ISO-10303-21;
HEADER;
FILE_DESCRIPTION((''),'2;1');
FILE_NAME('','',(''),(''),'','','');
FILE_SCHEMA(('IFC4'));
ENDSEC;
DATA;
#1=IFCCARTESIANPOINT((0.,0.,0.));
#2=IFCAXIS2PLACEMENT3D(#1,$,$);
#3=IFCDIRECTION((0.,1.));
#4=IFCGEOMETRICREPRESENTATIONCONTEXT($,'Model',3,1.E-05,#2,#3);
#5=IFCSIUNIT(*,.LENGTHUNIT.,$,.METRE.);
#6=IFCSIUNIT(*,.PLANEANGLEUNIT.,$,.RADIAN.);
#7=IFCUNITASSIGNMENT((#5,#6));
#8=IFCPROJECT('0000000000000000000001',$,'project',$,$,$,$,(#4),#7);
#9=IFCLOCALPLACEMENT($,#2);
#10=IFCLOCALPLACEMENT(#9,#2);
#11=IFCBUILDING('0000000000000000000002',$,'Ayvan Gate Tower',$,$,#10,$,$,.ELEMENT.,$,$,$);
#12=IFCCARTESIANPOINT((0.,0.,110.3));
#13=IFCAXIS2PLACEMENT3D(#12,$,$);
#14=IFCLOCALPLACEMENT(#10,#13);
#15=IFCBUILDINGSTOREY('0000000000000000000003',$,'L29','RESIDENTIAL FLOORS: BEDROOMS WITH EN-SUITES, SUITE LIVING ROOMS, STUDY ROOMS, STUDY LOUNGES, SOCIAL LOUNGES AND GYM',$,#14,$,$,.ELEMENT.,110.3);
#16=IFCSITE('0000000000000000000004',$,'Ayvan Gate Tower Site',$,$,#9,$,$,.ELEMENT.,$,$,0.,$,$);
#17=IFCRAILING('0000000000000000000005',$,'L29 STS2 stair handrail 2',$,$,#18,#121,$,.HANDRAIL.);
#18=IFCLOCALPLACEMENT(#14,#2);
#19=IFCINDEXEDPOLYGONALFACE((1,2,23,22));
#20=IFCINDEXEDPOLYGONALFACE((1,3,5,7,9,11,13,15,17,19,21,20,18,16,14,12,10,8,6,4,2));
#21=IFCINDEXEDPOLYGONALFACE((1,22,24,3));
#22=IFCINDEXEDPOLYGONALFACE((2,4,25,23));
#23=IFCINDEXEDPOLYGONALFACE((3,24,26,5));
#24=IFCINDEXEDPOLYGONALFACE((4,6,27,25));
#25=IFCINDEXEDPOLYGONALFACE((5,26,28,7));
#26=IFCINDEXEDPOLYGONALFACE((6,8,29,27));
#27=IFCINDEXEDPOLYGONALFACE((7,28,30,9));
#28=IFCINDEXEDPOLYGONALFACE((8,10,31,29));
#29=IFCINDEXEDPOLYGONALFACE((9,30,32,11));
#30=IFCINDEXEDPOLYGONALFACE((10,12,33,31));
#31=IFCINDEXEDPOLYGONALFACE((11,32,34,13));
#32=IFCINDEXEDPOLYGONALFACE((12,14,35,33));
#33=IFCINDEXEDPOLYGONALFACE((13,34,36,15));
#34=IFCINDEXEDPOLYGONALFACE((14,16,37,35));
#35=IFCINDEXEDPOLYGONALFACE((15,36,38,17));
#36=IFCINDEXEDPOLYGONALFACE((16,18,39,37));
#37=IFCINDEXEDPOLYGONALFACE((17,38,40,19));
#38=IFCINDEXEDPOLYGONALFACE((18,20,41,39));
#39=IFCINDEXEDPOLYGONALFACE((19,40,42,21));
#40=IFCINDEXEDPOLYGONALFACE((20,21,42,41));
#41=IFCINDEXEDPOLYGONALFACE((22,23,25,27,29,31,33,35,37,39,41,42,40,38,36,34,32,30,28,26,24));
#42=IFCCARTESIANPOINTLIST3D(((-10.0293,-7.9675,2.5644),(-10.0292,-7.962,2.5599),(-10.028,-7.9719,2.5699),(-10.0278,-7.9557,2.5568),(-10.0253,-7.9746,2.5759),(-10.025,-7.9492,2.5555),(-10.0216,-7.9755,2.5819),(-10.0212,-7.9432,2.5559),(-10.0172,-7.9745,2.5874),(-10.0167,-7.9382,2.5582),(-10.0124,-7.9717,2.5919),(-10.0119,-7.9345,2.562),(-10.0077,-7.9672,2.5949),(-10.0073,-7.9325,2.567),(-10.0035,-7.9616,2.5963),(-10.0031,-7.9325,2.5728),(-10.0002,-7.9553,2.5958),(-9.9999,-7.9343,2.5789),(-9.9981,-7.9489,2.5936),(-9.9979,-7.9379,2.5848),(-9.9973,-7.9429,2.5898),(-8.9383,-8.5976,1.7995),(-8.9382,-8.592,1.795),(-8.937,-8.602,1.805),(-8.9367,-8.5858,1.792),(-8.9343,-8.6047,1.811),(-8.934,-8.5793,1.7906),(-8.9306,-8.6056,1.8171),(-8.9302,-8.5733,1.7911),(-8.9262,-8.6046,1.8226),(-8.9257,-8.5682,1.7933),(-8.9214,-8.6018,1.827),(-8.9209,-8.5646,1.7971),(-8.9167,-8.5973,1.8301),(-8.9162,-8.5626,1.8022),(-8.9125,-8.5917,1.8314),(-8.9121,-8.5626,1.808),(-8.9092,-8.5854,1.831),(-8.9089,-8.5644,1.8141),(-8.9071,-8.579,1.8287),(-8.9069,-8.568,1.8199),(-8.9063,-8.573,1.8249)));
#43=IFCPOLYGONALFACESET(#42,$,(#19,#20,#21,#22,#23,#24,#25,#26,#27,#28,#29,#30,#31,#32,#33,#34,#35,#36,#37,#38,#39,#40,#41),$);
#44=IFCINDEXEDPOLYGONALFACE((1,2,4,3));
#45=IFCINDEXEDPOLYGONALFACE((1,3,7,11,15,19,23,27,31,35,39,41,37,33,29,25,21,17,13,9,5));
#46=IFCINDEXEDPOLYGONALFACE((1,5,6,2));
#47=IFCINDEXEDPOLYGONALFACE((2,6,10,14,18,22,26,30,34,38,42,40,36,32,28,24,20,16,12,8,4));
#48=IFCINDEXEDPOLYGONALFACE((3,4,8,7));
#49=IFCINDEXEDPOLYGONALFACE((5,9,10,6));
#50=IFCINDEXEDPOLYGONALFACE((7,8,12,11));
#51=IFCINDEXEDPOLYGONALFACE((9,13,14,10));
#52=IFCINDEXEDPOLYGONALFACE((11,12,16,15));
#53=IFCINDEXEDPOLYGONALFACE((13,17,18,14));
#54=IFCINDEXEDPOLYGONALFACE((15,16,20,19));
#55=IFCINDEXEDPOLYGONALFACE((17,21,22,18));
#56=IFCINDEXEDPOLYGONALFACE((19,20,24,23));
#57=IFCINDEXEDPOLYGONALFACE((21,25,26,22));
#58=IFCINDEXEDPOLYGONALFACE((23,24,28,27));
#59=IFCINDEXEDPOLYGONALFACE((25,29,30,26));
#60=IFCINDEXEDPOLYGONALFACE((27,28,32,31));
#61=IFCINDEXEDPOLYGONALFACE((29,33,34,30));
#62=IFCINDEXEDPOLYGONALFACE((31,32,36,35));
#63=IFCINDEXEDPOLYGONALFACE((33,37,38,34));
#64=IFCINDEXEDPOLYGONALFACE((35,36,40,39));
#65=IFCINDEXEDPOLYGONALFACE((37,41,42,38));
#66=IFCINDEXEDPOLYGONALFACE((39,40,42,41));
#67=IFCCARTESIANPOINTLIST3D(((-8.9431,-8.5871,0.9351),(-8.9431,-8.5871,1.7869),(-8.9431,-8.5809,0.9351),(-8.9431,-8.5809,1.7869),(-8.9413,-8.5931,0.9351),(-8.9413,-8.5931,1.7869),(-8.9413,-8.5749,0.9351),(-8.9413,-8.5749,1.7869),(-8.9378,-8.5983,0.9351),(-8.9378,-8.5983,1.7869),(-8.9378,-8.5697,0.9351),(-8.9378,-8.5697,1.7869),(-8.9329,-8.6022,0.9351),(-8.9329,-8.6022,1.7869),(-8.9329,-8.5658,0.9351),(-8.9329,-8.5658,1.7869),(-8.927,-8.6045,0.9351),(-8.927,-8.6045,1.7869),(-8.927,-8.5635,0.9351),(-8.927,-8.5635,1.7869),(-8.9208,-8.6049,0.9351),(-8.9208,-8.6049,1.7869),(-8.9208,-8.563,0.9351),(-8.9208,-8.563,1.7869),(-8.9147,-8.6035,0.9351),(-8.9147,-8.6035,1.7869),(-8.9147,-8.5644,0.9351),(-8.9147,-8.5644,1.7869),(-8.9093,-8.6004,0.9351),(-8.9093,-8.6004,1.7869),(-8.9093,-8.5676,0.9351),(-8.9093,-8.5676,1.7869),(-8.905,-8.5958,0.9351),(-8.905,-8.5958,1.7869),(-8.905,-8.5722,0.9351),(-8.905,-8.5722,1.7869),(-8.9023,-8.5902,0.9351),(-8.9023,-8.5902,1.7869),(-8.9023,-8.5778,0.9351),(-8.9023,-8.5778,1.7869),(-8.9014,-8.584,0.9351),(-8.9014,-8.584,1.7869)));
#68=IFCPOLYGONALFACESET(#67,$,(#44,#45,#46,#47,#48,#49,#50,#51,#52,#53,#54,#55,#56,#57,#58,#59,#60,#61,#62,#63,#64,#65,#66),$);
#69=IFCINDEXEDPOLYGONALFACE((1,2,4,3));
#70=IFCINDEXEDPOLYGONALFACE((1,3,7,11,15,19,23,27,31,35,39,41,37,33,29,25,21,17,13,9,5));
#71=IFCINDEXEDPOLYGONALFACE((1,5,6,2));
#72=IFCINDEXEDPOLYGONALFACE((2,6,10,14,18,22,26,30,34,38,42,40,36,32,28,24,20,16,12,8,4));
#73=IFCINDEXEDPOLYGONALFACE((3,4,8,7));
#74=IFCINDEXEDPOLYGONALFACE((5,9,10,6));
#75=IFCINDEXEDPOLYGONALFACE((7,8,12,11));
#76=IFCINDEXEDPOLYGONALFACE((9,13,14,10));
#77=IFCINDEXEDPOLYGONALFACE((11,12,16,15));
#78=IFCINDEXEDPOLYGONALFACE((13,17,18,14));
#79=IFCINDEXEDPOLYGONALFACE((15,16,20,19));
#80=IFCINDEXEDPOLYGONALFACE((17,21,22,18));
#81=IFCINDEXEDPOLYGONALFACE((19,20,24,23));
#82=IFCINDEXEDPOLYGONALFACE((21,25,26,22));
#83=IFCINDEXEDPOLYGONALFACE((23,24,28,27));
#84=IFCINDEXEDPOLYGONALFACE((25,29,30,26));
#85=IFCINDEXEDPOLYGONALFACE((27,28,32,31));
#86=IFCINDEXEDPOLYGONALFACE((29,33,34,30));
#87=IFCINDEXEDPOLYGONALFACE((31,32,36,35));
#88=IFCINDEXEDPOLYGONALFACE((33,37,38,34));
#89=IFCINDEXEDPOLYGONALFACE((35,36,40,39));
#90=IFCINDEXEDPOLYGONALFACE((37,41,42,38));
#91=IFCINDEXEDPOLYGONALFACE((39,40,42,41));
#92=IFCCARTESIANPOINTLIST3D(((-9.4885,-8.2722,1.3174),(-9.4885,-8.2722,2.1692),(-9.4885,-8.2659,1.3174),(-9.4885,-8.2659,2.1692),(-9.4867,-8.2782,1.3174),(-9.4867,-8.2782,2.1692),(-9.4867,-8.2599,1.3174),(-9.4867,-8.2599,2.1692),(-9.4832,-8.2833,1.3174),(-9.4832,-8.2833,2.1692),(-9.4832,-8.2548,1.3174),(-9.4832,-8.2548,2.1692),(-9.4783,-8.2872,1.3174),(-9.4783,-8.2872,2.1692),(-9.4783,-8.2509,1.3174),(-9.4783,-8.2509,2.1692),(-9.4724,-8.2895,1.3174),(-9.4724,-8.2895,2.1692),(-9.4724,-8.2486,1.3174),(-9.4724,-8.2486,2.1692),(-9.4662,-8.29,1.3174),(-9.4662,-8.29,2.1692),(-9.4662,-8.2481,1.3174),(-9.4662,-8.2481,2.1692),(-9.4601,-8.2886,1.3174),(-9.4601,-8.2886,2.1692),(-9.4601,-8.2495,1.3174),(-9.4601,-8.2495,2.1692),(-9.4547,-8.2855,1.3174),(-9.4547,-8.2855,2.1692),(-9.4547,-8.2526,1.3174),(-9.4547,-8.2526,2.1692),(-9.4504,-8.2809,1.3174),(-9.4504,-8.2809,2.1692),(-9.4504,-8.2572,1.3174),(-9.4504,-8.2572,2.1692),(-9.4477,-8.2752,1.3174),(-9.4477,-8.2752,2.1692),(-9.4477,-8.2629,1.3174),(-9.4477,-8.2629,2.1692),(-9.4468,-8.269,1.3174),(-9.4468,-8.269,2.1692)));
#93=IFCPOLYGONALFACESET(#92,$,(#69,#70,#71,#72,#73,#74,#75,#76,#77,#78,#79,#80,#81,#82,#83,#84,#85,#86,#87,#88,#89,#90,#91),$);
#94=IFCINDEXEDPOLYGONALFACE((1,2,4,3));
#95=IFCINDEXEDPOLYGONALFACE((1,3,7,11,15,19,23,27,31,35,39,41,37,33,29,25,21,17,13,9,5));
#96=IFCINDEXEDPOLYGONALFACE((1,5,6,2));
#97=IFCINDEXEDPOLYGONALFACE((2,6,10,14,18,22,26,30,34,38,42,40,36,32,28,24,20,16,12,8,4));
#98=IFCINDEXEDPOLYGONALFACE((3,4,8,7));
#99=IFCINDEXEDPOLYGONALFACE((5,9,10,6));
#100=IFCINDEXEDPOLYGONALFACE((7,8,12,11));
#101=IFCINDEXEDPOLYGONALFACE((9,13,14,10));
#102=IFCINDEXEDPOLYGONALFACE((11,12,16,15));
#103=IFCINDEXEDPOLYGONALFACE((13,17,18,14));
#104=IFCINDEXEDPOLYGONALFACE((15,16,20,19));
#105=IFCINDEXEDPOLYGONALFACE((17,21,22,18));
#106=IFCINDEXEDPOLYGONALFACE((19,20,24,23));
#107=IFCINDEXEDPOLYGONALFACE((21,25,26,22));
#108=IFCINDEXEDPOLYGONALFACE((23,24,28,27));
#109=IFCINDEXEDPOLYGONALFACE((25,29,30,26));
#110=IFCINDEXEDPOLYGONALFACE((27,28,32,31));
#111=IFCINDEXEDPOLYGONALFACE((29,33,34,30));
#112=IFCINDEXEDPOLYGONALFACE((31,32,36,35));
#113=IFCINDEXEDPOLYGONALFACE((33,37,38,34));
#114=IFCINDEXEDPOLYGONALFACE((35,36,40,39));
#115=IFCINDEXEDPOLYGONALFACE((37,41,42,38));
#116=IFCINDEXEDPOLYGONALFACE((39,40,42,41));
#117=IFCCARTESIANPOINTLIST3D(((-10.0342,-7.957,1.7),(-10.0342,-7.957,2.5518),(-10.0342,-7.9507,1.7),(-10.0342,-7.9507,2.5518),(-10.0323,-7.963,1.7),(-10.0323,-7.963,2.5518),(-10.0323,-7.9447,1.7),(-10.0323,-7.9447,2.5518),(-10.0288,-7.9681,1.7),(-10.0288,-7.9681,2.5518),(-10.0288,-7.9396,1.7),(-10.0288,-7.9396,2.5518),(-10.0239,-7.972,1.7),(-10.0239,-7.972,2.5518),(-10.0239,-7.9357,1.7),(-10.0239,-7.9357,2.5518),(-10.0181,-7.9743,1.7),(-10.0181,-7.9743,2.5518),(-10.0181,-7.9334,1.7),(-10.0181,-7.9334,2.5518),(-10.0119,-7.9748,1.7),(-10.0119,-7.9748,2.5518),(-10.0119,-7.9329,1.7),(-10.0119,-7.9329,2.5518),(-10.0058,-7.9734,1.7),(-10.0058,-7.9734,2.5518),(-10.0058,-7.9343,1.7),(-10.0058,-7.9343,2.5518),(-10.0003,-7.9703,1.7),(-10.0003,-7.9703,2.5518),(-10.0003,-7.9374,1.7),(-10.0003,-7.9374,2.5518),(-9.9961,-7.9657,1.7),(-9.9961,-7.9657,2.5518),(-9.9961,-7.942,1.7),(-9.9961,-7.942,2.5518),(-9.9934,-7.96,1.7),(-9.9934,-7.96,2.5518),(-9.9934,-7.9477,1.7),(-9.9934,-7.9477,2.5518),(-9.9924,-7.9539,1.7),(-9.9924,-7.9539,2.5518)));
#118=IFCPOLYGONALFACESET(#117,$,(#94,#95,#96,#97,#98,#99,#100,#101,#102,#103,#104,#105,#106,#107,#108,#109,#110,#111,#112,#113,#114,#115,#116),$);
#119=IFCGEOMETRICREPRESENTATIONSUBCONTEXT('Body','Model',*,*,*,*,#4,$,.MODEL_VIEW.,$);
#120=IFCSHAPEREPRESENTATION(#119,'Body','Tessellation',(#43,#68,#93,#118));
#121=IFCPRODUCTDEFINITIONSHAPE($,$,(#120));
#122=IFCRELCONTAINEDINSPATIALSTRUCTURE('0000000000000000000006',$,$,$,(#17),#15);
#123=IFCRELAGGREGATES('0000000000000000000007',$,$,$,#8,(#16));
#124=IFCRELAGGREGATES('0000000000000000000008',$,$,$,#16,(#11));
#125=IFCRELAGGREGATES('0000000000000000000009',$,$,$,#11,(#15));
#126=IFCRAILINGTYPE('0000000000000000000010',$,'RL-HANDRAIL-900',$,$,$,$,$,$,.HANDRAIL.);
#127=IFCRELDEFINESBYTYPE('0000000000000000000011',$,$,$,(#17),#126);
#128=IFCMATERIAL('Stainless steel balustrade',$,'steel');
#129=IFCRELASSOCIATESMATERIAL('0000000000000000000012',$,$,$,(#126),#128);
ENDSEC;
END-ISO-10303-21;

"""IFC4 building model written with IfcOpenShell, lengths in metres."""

from ifc_helpers import new_model, si_unit, direction, frame, origin, origin_2d, place, context, subcontext, project, spatial, circle, extrude, material, type_object, element, save


model = new_model("IFC4")

# Units and contexts
model_context = context("Model", 3, precision=1e-05, world=origin(), true_north=direction((0.0, 1.0)))
body_context = subcontext(model_context, "Body", "Model", "MODEL_VIEW")
ifc_project = project(units=[si_unit("LENGTHUNIT", "METRE"), si_unit("PLANEANGLEUNIT", "RADIAN")], contexts=[model_context])

# Site, building, storey
site_placement = place(None, origin())
site = spatial("IfcSite", under=ifc_project, at=site_placement, Name="Ayvan Gate Tower Site", CompositionType="ELEMENT", RefElevation=0.0)
building_placement = place(site_placement, origin())
building = spatial("IfcBuilding", under=site, at=building_placement, Name="Ayvan Gate Tower", CompositionType="ELEMENT")
storey_placement = place(building_placement, frame((0.0, 0.0, 110.3)))
storey = spatial("IfcBuildingStorey", under=building, at=storey_placement, Name="L29", Description="RESIDENTIAL FLOORS: BEDROOMS WITH EN-SUITES, SUITE LIVING ROOMS, STUDY ROOMS, STUDY LOUNGES, SOCIAL LOUNGES AND GYM", CompositionType="ELEMENT", Elevation=110.3)

# Railing
ifc_material_1 = material(Name="Stainless steel balustrade", Category="steel")
railing_type_1 = type_object("IfcRailingType", Name="RL-HANDRAIL-900", PredefinedType="HANDRAIL", material=ifc_material_1)
railing_1_placement = place(storey_placement, frame((-8.9224, -8.584, 0.9351)))
element("IfcRailing", 1, at=railing_1_placement, inside=storey, type_object=railing_type_1, Name="L29 STS2 stair handrail 2", PredefinedType="HANDRAIL", context=body_context, shape_type="SweptSolid", body=[
    extrude(circle(Radius=0.0239, at=origin_2d()), frame((0.0, 0.0, 0.876), z_axis=(-0.740229, 0.427508, 0.518939), x_axis=(-0.500119, -0.865956, 0.0)), (0.0, 0.0, 1.0), 1.4739),
    extrude(circle(Radius=0.021, at=origin_2d()), origin(), (0.0, 0.0, 1.0), 0.8518),
    extrude(circle(Radius=0.021, at=origin_2d()), frame((-0.5454, 0.3149, 0.3823)), (0.0, 0.0, 1.0), 0.8518),
    extrude(circle(Radius=0.021, at=origin_2d()), frame((-1.0911, 0.6301, 0.7649)), (0.0, 0.0, 1.0), 0.8518),
])

save(model, "model.ifc")
